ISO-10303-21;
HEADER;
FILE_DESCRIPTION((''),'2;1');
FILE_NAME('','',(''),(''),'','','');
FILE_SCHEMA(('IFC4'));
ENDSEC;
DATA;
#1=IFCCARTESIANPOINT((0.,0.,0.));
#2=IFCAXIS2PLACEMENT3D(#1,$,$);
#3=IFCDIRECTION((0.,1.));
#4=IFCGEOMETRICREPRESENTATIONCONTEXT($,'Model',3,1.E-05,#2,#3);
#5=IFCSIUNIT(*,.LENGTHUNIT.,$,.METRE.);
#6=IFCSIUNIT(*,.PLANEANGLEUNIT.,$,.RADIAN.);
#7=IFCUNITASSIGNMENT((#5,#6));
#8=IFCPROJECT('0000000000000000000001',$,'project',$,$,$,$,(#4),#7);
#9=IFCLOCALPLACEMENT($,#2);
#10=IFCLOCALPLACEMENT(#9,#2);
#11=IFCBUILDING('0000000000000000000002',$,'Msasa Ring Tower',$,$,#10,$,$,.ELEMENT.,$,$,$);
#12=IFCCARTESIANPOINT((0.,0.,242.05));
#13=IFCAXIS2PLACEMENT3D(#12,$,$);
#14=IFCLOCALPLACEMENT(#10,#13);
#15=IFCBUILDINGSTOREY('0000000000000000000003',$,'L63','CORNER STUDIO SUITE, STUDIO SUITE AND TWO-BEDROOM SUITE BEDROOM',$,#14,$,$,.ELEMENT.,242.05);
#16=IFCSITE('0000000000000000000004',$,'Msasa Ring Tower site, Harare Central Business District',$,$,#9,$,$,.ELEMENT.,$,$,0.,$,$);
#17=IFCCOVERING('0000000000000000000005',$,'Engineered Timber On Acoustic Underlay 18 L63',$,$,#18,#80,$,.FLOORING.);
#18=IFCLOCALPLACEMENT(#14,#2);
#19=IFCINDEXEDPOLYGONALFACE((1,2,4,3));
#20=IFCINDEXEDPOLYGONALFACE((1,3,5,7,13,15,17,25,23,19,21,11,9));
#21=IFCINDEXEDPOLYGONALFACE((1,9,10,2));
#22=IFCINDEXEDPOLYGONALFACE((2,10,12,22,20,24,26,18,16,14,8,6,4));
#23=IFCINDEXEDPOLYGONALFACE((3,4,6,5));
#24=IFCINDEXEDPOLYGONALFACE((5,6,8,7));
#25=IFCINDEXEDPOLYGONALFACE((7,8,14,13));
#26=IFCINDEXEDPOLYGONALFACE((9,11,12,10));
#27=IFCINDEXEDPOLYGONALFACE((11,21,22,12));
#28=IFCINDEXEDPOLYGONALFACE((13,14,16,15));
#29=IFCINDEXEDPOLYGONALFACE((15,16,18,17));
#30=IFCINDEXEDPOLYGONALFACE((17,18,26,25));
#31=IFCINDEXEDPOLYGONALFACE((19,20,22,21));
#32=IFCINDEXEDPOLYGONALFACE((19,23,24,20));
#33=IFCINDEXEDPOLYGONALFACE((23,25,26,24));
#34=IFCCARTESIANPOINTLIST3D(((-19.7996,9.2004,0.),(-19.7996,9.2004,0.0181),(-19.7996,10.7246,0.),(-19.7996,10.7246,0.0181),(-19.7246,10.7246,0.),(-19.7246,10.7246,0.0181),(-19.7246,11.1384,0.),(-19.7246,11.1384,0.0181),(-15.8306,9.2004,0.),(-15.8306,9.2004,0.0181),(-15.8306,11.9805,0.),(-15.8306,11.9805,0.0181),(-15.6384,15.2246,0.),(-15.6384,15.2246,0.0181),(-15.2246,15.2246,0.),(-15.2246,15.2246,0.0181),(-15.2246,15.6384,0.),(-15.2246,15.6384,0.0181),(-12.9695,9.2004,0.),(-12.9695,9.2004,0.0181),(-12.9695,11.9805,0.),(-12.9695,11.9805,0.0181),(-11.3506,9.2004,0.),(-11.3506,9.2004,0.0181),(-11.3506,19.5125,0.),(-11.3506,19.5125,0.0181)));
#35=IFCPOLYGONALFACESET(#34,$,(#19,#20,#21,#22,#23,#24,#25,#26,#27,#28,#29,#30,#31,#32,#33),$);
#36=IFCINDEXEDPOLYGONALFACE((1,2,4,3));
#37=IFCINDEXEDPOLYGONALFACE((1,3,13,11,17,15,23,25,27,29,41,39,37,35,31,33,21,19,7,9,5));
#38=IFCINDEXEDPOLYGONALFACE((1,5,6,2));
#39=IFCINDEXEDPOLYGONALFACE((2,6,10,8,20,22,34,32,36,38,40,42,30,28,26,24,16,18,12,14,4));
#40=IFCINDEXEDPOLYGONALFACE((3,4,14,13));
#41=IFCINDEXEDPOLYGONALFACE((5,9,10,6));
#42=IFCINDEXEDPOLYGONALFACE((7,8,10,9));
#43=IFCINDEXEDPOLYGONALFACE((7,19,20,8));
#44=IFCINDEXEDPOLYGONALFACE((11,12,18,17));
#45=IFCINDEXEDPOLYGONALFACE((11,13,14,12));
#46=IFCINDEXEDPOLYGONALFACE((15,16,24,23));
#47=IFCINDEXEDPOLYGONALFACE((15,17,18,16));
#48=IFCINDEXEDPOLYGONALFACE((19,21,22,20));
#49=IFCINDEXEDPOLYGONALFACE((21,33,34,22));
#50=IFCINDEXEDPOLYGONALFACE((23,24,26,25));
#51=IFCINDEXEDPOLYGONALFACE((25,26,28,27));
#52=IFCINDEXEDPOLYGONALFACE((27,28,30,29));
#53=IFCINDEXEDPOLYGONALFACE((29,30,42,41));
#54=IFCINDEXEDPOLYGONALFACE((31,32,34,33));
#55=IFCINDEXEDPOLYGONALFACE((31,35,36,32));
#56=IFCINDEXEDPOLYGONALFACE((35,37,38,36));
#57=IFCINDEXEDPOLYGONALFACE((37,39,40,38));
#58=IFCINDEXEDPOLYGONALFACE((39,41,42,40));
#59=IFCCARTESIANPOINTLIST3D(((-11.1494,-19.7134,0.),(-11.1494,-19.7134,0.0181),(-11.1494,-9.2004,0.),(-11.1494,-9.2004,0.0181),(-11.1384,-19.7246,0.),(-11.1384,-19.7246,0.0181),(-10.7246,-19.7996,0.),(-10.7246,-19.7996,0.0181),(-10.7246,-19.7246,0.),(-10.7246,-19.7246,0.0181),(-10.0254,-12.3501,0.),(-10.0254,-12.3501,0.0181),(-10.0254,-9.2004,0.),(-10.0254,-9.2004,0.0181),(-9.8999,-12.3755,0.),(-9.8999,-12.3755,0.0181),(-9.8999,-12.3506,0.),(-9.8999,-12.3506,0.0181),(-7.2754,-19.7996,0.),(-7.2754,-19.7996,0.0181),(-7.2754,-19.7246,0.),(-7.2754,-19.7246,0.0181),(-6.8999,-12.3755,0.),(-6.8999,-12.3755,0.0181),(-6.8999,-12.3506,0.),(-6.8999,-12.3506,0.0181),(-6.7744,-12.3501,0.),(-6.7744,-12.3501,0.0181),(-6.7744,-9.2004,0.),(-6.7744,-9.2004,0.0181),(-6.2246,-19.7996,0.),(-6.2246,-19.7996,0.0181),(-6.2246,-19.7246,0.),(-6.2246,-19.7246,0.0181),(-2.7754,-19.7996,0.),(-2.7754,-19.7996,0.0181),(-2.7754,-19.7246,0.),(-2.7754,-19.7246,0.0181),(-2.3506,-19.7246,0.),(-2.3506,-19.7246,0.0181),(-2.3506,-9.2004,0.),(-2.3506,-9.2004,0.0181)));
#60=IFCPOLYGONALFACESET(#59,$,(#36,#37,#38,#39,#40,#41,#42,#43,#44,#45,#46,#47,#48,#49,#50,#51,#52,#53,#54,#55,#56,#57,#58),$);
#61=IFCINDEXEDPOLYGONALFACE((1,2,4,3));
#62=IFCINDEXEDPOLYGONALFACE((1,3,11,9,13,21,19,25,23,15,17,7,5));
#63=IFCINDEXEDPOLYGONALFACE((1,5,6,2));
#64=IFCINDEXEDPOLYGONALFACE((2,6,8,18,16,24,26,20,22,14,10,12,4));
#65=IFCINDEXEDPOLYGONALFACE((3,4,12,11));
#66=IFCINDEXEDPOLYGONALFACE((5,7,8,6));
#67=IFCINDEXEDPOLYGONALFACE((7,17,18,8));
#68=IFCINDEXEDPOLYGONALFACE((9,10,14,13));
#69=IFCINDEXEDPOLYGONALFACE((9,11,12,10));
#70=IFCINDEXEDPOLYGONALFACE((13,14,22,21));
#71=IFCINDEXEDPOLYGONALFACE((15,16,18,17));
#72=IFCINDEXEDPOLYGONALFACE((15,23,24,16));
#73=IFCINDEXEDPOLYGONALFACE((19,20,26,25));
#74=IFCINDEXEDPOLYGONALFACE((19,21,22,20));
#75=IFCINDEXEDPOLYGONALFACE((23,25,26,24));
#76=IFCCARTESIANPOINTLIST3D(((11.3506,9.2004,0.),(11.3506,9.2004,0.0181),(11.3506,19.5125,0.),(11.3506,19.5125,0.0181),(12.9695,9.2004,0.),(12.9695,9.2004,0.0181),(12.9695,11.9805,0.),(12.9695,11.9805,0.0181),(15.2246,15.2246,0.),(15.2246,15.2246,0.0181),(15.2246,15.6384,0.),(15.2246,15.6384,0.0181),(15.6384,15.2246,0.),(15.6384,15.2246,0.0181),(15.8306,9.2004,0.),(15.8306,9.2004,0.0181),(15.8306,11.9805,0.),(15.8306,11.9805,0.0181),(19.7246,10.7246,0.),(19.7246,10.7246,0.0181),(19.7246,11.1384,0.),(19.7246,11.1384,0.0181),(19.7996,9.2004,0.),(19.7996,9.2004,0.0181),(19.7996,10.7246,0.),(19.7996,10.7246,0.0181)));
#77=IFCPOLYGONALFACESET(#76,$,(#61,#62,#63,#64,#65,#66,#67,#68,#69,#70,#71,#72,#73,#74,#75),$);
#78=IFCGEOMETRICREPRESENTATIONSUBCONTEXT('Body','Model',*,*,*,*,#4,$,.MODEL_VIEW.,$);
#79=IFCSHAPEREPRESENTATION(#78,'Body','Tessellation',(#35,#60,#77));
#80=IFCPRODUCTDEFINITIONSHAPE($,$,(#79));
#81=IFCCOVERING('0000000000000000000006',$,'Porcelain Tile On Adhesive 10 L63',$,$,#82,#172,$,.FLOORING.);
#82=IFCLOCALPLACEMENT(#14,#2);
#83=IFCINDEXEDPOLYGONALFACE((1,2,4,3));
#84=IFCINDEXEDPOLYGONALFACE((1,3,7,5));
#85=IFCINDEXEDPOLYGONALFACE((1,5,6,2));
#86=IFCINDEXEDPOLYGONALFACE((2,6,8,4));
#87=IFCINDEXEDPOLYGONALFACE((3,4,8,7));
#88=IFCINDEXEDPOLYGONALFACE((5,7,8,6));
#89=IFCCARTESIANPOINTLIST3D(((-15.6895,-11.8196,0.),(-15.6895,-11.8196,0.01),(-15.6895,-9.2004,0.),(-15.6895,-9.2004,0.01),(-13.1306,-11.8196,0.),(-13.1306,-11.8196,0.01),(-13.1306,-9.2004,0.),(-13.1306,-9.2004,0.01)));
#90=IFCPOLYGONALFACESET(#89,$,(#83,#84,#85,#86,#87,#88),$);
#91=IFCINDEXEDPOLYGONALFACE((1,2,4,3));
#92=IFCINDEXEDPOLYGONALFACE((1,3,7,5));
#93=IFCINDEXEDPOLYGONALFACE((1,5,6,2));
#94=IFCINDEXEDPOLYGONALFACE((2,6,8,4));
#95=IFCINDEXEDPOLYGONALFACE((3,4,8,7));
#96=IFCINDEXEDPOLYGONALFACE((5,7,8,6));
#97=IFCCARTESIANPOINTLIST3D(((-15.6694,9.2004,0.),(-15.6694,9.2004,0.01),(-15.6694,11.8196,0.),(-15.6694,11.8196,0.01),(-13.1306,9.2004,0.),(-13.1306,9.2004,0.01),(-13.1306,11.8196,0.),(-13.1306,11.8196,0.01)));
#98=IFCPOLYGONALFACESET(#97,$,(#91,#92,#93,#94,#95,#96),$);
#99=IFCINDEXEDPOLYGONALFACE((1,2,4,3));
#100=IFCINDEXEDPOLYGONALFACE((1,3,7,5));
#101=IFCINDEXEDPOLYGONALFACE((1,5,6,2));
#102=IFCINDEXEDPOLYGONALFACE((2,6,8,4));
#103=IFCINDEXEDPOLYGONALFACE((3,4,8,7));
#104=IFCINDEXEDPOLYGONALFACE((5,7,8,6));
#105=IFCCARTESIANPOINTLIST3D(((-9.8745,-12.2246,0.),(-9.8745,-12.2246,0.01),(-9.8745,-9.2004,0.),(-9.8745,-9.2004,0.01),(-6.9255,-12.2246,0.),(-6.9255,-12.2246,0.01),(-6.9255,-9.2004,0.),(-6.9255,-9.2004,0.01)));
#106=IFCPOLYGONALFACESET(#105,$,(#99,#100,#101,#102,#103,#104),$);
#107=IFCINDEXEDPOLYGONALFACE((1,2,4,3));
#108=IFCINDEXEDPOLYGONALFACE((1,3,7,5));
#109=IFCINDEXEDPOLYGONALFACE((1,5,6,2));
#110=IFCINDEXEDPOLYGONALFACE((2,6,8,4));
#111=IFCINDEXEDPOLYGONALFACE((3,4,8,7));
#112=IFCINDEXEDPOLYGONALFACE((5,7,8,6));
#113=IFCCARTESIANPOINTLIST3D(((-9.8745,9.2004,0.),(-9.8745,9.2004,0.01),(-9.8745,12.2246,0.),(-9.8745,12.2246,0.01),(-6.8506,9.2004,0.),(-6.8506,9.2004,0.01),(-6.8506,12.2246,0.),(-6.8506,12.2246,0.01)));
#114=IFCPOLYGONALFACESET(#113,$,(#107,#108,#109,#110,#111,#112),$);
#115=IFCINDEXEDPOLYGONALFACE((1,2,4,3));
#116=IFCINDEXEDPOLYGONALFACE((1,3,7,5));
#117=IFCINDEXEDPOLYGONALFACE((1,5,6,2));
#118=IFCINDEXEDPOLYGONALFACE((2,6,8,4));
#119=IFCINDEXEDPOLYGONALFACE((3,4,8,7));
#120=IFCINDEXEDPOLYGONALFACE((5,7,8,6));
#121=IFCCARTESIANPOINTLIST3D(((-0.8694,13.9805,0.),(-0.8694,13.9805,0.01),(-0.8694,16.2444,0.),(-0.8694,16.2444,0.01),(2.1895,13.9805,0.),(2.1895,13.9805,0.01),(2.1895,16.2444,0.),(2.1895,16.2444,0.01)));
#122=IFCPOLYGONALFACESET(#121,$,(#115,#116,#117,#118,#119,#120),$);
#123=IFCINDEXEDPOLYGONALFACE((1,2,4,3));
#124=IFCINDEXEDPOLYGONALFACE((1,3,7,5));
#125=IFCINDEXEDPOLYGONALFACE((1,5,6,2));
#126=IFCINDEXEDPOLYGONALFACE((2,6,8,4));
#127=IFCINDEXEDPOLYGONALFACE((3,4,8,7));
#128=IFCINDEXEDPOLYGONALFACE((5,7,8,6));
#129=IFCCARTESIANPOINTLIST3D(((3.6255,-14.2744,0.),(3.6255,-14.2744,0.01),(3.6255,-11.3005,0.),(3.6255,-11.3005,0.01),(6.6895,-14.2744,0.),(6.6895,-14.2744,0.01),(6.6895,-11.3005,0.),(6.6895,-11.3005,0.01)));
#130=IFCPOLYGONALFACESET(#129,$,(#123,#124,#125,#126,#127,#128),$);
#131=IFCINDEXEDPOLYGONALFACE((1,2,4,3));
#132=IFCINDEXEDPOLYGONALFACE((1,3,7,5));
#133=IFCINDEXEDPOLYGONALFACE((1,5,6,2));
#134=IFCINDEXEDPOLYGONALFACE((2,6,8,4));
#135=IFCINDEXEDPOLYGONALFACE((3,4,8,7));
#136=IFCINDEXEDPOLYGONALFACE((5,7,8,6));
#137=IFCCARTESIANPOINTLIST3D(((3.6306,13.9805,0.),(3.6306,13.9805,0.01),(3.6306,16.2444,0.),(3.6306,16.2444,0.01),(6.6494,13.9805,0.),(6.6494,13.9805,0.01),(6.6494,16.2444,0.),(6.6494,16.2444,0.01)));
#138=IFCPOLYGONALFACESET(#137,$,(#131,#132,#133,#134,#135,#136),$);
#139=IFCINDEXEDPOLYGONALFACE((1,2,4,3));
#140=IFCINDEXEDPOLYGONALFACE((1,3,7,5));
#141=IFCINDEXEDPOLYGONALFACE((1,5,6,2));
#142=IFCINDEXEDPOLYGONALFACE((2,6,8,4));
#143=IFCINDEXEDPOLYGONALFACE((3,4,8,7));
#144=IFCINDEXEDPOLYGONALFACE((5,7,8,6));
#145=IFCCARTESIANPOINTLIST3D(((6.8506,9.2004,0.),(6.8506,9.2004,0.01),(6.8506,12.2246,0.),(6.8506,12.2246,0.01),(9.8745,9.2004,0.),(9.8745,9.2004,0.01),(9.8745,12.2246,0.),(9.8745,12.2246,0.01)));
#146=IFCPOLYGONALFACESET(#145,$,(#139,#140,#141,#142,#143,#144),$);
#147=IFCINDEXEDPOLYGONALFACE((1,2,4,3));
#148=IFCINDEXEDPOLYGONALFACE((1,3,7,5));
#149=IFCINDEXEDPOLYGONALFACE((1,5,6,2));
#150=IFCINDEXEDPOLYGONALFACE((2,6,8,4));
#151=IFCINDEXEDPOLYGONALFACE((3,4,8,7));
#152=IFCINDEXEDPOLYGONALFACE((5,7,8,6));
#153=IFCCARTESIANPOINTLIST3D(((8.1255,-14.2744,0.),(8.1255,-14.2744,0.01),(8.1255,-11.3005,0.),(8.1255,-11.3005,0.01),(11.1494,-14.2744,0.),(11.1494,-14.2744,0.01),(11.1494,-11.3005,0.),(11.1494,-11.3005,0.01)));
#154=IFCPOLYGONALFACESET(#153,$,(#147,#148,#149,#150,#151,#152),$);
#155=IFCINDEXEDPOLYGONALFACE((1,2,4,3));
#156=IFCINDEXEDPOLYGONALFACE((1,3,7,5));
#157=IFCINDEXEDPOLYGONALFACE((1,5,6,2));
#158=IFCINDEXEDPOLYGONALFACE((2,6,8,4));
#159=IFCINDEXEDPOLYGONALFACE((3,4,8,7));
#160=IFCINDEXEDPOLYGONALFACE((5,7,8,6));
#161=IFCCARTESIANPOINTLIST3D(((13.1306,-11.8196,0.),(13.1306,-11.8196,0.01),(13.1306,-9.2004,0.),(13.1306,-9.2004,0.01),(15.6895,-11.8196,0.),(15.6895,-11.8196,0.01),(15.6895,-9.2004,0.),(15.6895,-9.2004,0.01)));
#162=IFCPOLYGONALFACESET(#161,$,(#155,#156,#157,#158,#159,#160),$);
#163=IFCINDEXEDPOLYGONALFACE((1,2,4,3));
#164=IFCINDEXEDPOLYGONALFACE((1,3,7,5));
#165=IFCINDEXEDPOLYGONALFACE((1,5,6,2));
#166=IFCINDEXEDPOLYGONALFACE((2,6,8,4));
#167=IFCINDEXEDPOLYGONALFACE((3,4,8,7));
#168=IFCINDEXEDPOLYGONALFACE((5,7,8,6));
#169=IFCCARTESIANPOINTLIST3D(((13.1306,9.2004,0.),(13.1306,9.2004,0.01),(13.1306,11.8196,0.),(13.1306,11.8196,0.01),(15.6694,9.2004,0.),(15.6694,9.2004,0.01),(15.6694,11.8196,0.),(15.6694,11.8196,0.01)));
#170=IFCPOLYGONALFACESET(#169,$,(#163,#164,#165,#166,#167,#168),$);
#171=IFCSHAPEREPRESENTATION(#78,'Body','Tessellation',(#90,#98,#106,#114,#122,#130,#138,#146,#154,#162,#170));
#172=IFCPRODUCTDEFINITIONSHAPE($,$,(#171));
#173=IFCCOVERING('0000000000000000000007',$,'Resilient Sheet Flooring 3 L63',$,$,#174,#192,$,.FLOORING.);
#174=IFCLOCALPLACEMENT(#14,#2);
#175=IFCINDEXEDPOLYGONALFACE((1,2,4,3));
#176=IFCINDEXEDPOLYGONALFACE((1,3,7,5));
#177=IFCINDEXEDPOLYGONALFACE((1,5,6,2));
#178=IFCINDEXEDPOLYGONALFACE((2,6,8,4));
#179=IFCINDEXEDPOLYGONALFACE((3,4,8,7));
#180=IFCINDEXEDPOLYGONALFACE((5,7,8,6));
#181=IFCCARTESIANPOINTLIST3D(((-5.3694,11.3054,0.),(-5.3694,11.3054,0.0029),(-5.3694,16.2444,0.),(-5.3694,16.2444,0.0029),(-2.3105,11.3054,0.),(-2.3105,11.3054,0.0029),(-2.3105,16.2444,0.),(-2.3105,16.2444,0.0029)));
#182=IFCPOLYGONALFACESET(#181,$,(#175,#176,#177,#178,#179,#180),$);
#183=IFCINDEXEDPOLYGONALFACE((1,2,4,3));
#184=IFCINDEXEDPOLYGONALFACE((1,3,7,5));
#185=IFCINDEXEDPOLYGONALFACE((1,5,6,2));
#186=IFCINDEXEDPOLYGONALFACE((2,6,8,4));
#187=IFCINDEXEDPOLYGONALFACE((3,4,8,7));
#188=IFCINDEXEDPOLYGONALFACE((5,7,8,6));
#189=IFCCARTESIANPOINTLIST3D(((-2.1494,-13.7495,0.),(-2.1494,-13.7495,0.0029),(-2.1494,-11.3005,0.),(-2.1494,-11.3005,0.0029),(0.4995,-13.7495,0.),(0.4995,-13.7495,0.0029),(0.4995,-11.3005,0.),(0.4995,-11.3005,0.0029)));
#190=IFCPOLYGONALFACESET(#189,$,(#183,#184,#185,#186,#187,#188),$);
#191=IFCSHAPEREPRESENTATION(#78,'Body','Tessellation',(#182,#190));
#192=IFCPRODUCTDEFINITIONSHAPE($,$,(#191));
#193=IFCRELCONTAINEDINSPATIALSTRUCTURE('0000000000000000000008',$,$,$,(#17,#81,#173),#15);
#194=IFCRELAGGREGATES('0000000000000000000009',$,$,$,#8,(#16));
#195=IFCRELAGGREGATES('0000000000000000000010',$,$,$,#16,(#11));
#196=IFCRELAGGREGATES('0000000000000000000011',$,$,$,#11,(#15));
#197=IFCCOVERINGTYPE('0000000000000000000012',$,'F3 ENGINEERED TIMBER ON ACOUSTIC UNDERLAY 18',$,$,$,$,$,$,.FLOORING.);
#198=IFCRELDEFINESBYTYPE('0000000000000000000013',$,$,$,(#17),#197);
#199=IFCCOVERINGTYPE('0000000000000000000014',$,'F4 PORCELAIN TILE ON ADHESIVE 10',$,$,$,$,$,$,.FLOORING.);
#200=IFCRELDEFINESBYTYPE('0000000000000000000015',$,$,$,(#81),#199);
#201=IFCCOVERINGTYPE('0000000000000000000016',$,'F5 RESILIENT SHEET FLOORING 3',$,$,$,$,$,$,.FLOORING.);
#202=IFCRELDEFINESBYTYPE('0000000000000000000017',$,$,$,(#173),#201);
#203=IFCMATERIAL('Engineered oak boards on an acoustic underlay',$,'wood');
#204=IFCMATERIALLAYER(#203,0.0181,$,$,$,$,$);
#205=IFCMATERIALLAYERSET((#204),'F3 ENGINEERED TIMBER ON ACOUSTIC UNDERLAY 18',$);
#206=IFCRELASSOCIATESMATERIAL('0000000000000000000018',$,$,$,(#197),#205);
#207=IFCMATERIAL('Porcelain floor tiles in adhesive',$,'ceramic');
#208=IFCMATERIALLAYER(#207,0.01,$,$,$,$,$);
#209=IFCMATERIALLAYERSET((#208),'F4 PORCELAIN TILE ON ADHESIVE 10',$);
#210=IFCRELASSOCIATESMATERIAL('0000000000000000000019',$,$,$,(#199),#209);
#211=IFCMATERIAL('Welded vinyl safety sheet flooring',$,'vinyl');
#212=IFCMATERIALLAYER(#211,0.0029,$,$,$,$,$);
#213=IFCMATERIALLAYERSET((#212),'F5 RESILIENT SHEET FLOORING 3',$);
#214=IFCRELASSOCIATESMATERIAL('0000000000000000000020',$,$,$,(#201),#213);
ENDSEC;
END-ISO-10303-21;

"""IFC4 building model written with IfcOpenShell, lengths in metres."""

from ifc_helpers import new_model, si_unit, direction, frame, origin, place, context, subcontext, project, spatial, line, indexed_curve, outline, extrude, material, layer, layer_set, type_object, element, save


model = new_model("IFC4")

# Units and contexts
model_context = context("Model", 3, precision=1e-05, world=origin(), true_north=direction((0.0, 1.0)))
body_context = subcontext(model_context, "Body", "Model", "MODEL_VIEW")
ifc_project = project(units=[si_unit("LENGTHUNIT", "METRE"), si_unit("PLANEANGLEUNIT", "RADIAN")], contexts=[model_context])

# Site, building, storey
site_placement = place(None, origin())
site = spatial("IfcSite", under=ifc_project, at=site_placement, Name="Msasa Ring Tower site, Harare Central Business District", CompositionType="ELEMENT", RefElevation=0.0)
building_placement = place(site_placement, origin())
building = spatial("IfcBuilding", under=site, at=building_placement, Name="Msasa Ring Tower", CompositionType="ELEMENT")
storey_placement = place(building_placement, frame((0.0, 0.0, 242.05)))
storey = spatial("IfcBuildingStorey", under=building, at=storey_placement, Name="L63", Description="CORNER STUDIO SUITE, STUDIO SUITE AND TWO-BEDROOM SUITE BEDROOM", CompositionType="ELEMENT", Elevation=242.05)

# Coverings
ifc_material_1 = material(Name="Engineered oak boards on an acoustic underlay", Category="wood")
ifc_layer_1 = layer(ifc_material_1, 0.0181)
ifc_layer_set_1 = layer_set([ifc_layer_1], Name="F3 ENGINEERED TIMBER ON ACOUSTIC UNDERLAY 18")
covering_type_1 = type_object("IfcCoveringType", Name="F3 ENGINEERED TIMBER ON ACOUSTIC UNDERLAY 18", PredefinedType="FLOORING", material=ifc_layer_set_1)
covering_1_placement = place(storey_placement, origin())
element("IfcCovering", 1, at=covering_1_placement, inside=storey, type_object=covering_type_1, Name="Engineered Timber On Acoustic Underlay 18 L63", PredefinedType="FLOORING", context=body_context, shape_type="SweptSolid", body=[
    extrude(outline(indexed_curve([(-15.8306, 9.2004), (-19.7996, 9.2004), (-19.7996, 10.7246), (-19.7246, 10.7246), (-19.7246, 11.1384), (-15.6384, 15.2246), (-15.2246, 15.2246), (-15.2246, 15.6384), (-11.3506, 19.5125), (-11.3506, 9.2004), (-12.9695, 9.2004), (-12.9695, 11.9805), (-15.8306, 11.9805)], segments=[line(1, 2, 3, 4, 5, 6, 7, 8, 9, 10, 11, 12, 13, 1)], self_intersect=False)), origin(), (0.0, 0.0, 1.0), 0.0181),
    extrude(outline(indexed_curve([(-11.1494, -9.2004), (-10.0254, -9.2004), (-10.0254, -12.3501), (-9.8999, -12.3506), (-9.8999, -12.3755), (-6.8999, -12.3755), (-6.8999, -12.3506), (-6.7744, -12.3501), (-6.7744, -9.2004), (-2.3506, -9.2004), (-2.3506, -19.7246), (-2.7754, -19.7246), (-2.7754, -19.7996), (-6.2246, -19.7996), (-6.2246, -19.7246), (-7.2754, -19.7246), (-7.2754, -19.7996), (-10.7246, -19.7996), (-10.7246, -19.7246), (-11.1384, -19.7246), (-11.1494, -19.7134)], segments=[line(1, 2, 3, 4, 5, 6, 7, 8, 9, 10, 11, 12, 13, 14, 15, 16, 17, 18, 19, 20, 21, 1)], self_intersect=False)), origin(), (0.0, 0.0, 1.0), 0.0181),
    extrude(outline(indexed_curve([(15.8306, 11.9805), (12.9695, 11.9805), (12.9695, 9.2004), (11.3506, 9.2004), (11.3506, 19.5125), (15.2246, 15.6384), (15.2246, 15.2246), (15.6384, 15.2246), (19.7246, 11.1384), (19.7246, 10.7246), (19.7996, 10.7246), (19.7996, 9.2004), (15.8306, 9.2004)], segments=[line(1, 2, 3, 4, 5, 6, 7, 8, 9, 10, 11, 12, 13, 1)], self_intersect=False)), origin(), (0.0, 0.0, 1.0), 0.0181),
])
ifc_material_2 = material(Name="Porcelain floor tiles in adhesive", Category="ceramic")
ifc_layer_2 = layer(ifc_material_2, 0.01)
ifc_layer_set_2 = layer_set([ifc_layer_2], Name="F4 PORCELAIN TILE ON ADHESIVE 10")
covering_type_2 = type_object("IfcCoveringType", Name="F4 PORCELAIN TILE ON ADHESIVE 10", PredefinedType="FLOORING", material=ifc_layer_set_2)
covering_2_placement = place(storey_placement, origin())
element("IfcCovering", 2, at=covering_2_placement, inside=storey, type_object=covering_type_2, Name="Porcelain Tile On Adhesive 10 L63", PredefinedType="FLOORING", context=body_context, shape_type="SweptSolid", body=[
    extrude(outline(indexed_curve([(-15.6895, -9.2004), (-13.1306, -9.2004), (-13.1306, -11.8196), (-15.6895, -11.8196)], segments=[line(1, 2, 3, 4, 1)], self_intersect=False)), origin(), (0.0, 0.0, 1.0), 0.01),
    extrude(outline(indexed_curve([(-13.1306, 11.8196), (-13.1306, 9.2004), (-15.6694, 9.2004), (-15.6694, 11.8196)], segments=[line(1, 2, 3, 4, 1)], self_intersect=False)), origin(), (0.0, 0.0, 1.0), 0.01),
    extrude(outline(indexed_curve([(-6.9255, -9.2004), (-6.9255, -12.2246), (-9.8745, -12.2246), (-9.8745, -9.2004)], segments=[line(1, 2, 3, 4, 1)], self_intersect=False)), origin(), (0.0, 0.0, 1.0), 0.01),
    extrude(outline(indexed_curve([(-9.8745, 9.2004), (-9.8745, 12.2246), (-6.8506, 12.2246), (-6.8506, 9.2004)], segments=[line(1, 2, 3, 4, 1)], self_intersect=False)), origin(), (0.0, 0.0, 1.0), 0.01),
    extrude(outline(indexed_curve([(-0.8694, 16.2444), (2.1895, 16.2444), (2.1895, 13.9805), (-0.8694, 13.9805)], segments=[line(1, 2, 3, 4, 1)], self_intersect=False)), origin(), (0.0, 0.0, 1.0), 0.01),
    extrude(outline(indexed_curve([(6.6895, -11.3005), (6.6895, -14.2744), (3.6255, -14.2744), (3.6255, -11.3005)], segments=[line(1, 2, 3, 4, 1)], self_intersect=False)), origin(), (0.0, 0.0, 1.0), 0.01),
    extrude(outline(indexed_curve([(6.6494, 16.2444), (6.6494, 13.9805), (3.6306, 13.9805), (3.6306, 16.2444)], segments=[line(1, 2, 3, 4, 1)], self_intersect=False)), origin(), (0.0, 0.0, 1.0), 0.01),
    extrude(outline(indexed_curve([(6.8506, 9.2004), (6.8506, 12.2246), (9.8745, 12.2246), (9.8745, 9.2004)], segments=[line(1, 2, 3, 4, 1)], self_intersect=False)), origin(), (0.0, 0.0, 1.0), 0.01),
    extrude(outline(indexed_curve([(11.1494, -11.3005), (11.1494, -14.2744), (8.1255, -14.2744), (8.1255, -11.3005)], segments=[line(1, 2, 3, 4, 1)], self_intersect=False)), origin(), (0.0, 0.0, 1.0), 0.01),
    extrude(outline(indexed_curve([(15.6895, -9.2004), (15.6895, -11.8196), (13.1306, -11.8196), (13.1306, -9.2004)], segments=[line(1, 2, 3, 4, 1)], self_intersect=False)), origin(), (0.0, 0.0, 1.0), 0.01),
    extrude(outline(indexed_curve([(13.1306, 11.8196), (15.6694, 11.8196), (15.6694, 9.2004), (13.1306, 9.2004)], segments=[line(1, 2, 3, 4, 1)], self_intersect=False)), origin(), (0.0, 0.0, 1.0), 0.01),
])
ifc_material_3 = material(Name="Welded vinyl safety sheet flooring", Category="vinyl")
ifc_layer_3 = layer(ifc_material_3, 0.0029)
ifc_layer_set_3 = layer_set([ifc_layer_3], Name="F5 RESILIENT SHEET FLOORING 3")
covering_type_3 = type_object("IfcCoveringType", Name="F5 RESILIENT SHEET FLOORING 3", PredefinedType="FLOORING", material=ifc_layer_set_3)
covering_3_placement = place(storey_placement, origin())
element("IfcCovering", 3, at=covering_3_placement, inside=storey, type_object=covering_type_3, Name="Resilient Sheet Flooring 3 L63", PredefinedType="FLOORING", context=body_context, shape_type="SweptSolid", body=[
    extrude(outline(indexed_curve([(-2.3105, 11.3054), (-5.3694, 11.3054), (-5.3694, 16.2444), (-2.3105, 16.2444)], segments=[line(1, 2, 3, 4, 1)], self_intersect=False)), origin(), (0.0, 0.0, 1.0), 0.0029),
    extrude(outline(indexed_curve([(0.4995, -13.7495), (-2.1494, -13.7495), (-2.1494, -11.3005), (0.4995, -11.3005)], segments=[line(1, 2, 3, 4, 1)], self_intersect=False)), origin(), (0.0, 0.0, 1.0), 0.0029),
])

save(model, "model.ifc")
